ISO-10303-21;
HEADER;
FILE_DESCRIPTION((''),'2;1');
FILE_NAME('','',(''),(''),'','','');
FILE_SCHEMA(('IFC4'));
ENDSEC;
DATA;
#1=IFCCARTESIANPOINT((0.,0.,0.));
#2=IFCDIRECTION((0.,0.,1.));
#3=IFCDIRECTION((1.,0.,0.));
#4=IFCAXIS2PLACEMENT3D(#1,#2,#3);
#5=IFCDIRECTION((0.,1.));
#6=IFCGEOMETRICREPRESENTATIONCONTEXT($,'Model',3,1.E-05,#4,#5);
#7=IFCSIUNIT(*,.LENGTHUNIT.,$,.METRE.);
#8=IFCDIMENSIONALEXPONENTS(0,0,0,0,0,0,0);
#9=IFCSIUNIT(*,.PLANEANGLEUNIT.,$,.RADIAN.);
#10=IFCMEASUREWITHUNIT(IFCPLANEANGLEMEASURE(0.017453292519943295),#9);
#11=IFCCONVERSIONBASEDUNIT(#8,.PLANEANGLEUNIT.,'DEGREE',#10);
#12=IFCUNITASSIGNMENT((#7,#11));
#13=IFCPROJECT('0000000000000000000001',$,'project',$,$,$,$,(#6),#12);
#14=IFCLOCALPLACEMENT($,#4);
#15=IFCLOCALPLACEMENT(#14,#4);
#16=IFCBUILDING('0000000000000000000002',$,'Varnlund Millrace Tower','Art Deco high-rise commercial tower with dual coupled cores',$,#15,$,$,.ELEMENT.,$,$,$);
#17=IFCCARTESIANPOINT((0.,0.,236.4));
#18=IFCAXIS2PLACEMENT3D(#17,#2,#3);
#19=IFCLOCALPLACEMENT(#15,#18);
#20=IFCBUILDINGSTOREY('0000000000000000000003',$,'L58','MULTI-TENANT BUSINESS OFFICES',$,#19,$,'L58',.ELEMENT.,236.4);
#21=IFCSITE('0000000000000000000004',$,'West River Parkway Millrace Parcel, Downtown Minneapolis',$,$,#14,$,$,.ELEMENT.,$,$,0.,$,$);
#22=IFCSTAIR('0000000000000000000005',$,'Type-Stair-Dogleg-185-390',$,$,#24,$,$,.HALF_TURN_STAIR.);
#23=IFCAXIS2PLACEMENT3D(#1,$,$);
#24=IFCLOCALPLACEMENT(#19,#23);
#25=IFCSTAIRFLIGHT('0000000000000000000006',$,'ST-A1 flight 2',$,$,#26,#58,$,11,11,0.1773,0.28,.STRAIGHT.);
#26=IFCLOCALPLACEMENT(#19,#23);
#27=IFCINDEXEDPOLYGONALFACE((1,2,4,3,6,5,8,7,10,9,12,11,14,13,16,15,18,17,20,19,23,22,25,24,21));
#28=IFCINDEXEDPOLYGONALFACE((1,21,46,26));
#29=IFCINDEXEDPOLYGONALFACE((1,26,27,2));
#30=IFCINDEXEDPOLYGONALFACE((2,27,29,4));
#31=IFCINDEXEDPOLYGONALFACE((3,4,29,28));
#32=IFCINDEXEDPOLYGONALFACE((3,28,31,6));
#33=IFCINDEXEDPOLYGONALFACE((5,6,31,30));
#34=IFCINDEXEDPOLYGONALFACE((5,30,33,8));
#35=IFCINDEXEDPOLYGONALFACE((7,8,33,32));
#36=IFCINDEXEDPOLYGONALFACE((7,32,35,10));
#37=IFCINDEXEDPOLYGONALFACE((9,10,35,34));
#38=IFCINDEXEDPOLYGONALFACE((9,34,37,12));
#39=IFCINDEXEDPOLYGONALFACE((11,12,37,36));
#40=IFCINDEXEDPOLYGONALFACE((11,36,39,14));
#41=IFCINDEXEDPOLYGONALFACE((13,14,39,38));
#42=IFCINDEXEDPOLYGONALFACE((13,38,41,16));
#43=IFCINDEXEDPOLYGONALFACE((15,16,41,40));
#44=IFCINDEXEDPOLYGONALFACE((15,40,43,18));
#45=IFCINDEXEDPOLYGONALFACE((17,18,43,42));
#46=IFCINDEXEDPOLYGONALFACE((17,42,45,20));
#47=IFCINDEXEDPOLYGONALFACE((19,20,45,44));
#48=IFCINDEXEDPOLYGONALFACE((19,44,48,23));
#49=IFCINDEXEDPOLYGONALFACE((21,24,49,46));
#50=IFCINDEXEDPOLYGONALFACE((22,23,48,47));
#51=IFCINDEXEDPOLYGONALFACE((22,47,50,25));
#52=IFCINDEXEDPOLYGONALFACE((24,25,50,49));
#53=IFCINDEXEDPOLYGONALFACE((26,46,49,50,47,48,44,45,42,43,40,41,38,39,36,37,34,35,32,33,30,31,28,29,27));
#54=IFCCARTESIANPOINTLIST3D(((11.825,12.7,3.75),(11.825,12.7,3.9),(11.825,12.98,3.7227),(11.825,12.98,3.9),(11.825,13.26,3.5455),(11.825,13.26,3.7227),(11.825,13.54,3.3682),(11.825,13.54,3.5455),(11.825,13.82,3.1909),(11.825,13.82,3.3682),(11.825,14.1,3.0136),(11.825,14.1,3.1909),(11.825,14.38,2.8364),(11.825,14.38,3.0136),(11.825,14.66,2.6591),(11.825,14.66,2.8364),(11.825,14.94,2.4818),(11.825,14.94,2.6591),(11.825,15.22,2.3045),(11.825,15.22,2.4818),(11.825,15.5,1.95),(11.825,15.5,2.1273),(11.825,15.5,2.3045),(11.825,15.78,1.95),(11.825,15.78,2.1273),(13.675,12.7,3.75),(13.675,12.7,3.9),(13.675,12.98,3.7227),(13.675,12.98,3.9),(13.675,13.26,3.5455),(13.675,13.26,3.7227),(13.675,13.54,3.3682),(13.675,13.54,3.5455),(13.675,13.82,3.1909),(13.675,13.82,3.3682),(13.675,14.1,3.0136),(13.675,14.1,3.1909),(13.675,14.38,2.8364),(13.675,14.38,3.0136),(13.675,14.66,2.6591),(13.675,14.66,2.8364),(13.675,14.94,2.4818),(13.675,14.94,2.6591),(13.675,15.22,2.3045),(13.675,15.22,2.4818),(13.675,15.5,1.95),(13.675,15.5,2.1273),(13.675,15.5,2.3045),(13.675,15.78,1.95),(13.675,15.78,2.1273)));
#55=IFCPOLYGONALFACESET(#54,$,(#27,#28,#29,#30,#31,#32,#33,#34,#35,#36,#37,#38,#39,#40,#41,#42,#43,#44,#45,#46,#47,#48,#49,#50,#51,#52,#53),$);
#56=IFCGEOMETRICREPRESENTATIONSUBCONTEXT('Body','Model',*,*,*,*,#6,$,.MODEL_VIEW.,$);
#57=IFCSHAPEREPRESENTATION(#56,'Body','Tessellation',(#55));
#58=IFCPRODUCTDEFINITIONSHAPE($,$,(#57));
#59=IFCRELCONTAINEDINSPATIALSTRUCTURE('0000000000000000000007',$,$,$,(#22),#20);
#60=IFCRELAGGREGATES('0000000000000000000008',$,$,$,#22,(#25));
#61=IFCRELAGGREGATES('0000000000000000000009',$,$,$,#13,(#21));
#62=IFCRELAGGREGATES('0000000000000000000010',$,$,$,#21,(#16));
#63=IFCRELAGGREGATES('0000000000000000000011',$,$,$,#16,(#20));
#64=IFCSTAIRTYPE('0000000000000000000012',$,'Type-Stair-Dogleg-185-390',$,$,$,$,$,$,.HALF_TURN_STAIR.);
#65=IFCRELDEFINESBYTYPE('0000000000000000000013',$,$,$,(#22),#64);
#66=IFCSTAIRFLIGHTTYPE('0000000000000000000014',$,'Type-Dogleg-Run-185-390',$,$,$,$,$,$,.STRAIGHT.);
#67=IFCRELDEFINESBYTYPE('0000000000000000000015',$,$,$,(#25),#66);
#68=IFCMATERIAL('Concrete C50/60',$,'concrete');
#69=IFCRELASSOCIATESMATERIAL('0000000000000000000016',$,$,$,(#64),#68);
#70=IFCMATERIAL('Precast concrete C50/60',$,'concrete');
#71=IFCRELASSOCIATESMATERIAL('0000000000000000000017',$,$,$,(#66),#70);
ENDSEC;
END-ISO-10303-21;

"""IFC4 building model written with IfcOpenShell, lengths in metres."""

from ifc_helpers import new_model, entity, si_unit, converted_unit, direction, frame, origin_with_axes, place, context, subcontext, project, spatial, polyline, outline, extrude, material, type_object, element, aggregate, save


model = new_model("IFC4")

# Units and contexts
model_context = context("Model", 3, precision=1e-05, world=origin_with_axes(), true_north=direction((0.0, 1.0)))
body_context = subcontext(model_context, "Body", "Model", "MODEL_VIEW")
ifc_project = project(units=[si_unit("LENGTHUNIT", "METRE"), converted_unit("PLANEANGLEUNIT", "DEGREE", entity("IfcPlaneAngleMeasure", 0.017453292519943295), si_unit("PLANEANGLEUNIT", "RADIAN"), dimensions=[0, 0, 0, 0, 0, 0, 0])], contexts=[model_context])

# Site, building, storey
site_placement = place(None, origin_with_axes())
site = spatial("IfcSite", under=ifc_project, at=site_placement, Name="West River Parkway Millrace Parcel, Downtown Minneapolis", CompositionType="ELEMENT", RefElevation=0.0)
building_placement = place(site_placement, origin_with_axes())
building = spatial("IfcBuilding", under=site, at=building_placement, Name="Varnlund Millrace Tower", Description="Art Deco high-rise commercial tower with dual coupled cores", CompositionType="ELEMENT")
storey_placement = place(building_placement, frame((0.0, 0.0, 236.4), z_axis=(0.0, 0.0, 1.0), x_axis=(1.0, 0.0, 0.0)))
storey = spatial("IfcBuildingStorey", under=building, at=storey_placement, Name="L58", Description="MULTI-TENANT BUSINESS OFFICES", LongName="L58", CompositionType="ELEMENT", Elevation=236.4)

# Stair
ifc_material_1 = material(Name="Concrete C50/60", Category="concrete")
stair_type_1 = type_object("IfcStairType", Name="Type-Stair-Dogleg-185-390", PredefinedType="HALF_TURN_STAIR", material=ifc_material_1)
stair_1_placement = place(storey_placement, origin_with_axes())
stair_1 = element("IfcStair", 1, at=stair_1_placement, inside=storey, type_object=stair_type_1, Name="Type-Stair-Dogleg-185-390", PredefinedType="HALF_TURN_STAIR")

# Shared definitions
ifc_material_2 = material(Name="Precast concrete C50/60", Category="concrete")

# Stair flight
stair_flight_type = type_object("IfcStairFlightType", Name="Type-Dogleg-Run-185-390", PredefinedType="STRAIGHT", material=ifc_material_2)
stair_flight_placement = place(storey_placement, frame((13.675, 15.78, 1.95), z_axis=(-1.0, 0.0, 0.0), x_axis=(0.0, -1.0, 0.0)))
stair_flight = element("IfcStairFlight", 2, at=stair_flight_placement, type_object=stair_flight_type, Name="ST-A1 flight 2", NumberOfRisers=11, NumberOfTreads=11, PredefinedType="STRAIGHT", RiserHeight=0.1773, TreadLength=0.28, context=body_context, shape_type="SweptSolid", body=[
    extrude(outline(polyline([(0.0, 0.0), (0.0, 0.1773), (0.28, 0.1773), (0.28, 0.3545), (0.56, 0.3545), (0.56, 0.5318), (0.84, 0.5318), (0.84, 0.7091), (1.12, 0.7091), (1.12, 0.8864), (1.4, 0.8864), (1.4, 1.0636), (1.68, 1.0636), (1.68, 1.2409), (1.96, 1.2409), (1.96, 1.4182), (2.24, 1.4182), (2.24, 1.5955), (2.52, 1.5955), (2.52, 1.7727), (2.8, 1.7727), (2.8, 1.95), (3.08, 1.95), (3.08, 1.8), (0.28, 0.0), (0.0, 0.0)])), origin_with_axes(), (0.0, 0.0, 1.0), 1.85),
])
aggregate(stair_1, [stair_flight])

save(model, "model.ifc")
